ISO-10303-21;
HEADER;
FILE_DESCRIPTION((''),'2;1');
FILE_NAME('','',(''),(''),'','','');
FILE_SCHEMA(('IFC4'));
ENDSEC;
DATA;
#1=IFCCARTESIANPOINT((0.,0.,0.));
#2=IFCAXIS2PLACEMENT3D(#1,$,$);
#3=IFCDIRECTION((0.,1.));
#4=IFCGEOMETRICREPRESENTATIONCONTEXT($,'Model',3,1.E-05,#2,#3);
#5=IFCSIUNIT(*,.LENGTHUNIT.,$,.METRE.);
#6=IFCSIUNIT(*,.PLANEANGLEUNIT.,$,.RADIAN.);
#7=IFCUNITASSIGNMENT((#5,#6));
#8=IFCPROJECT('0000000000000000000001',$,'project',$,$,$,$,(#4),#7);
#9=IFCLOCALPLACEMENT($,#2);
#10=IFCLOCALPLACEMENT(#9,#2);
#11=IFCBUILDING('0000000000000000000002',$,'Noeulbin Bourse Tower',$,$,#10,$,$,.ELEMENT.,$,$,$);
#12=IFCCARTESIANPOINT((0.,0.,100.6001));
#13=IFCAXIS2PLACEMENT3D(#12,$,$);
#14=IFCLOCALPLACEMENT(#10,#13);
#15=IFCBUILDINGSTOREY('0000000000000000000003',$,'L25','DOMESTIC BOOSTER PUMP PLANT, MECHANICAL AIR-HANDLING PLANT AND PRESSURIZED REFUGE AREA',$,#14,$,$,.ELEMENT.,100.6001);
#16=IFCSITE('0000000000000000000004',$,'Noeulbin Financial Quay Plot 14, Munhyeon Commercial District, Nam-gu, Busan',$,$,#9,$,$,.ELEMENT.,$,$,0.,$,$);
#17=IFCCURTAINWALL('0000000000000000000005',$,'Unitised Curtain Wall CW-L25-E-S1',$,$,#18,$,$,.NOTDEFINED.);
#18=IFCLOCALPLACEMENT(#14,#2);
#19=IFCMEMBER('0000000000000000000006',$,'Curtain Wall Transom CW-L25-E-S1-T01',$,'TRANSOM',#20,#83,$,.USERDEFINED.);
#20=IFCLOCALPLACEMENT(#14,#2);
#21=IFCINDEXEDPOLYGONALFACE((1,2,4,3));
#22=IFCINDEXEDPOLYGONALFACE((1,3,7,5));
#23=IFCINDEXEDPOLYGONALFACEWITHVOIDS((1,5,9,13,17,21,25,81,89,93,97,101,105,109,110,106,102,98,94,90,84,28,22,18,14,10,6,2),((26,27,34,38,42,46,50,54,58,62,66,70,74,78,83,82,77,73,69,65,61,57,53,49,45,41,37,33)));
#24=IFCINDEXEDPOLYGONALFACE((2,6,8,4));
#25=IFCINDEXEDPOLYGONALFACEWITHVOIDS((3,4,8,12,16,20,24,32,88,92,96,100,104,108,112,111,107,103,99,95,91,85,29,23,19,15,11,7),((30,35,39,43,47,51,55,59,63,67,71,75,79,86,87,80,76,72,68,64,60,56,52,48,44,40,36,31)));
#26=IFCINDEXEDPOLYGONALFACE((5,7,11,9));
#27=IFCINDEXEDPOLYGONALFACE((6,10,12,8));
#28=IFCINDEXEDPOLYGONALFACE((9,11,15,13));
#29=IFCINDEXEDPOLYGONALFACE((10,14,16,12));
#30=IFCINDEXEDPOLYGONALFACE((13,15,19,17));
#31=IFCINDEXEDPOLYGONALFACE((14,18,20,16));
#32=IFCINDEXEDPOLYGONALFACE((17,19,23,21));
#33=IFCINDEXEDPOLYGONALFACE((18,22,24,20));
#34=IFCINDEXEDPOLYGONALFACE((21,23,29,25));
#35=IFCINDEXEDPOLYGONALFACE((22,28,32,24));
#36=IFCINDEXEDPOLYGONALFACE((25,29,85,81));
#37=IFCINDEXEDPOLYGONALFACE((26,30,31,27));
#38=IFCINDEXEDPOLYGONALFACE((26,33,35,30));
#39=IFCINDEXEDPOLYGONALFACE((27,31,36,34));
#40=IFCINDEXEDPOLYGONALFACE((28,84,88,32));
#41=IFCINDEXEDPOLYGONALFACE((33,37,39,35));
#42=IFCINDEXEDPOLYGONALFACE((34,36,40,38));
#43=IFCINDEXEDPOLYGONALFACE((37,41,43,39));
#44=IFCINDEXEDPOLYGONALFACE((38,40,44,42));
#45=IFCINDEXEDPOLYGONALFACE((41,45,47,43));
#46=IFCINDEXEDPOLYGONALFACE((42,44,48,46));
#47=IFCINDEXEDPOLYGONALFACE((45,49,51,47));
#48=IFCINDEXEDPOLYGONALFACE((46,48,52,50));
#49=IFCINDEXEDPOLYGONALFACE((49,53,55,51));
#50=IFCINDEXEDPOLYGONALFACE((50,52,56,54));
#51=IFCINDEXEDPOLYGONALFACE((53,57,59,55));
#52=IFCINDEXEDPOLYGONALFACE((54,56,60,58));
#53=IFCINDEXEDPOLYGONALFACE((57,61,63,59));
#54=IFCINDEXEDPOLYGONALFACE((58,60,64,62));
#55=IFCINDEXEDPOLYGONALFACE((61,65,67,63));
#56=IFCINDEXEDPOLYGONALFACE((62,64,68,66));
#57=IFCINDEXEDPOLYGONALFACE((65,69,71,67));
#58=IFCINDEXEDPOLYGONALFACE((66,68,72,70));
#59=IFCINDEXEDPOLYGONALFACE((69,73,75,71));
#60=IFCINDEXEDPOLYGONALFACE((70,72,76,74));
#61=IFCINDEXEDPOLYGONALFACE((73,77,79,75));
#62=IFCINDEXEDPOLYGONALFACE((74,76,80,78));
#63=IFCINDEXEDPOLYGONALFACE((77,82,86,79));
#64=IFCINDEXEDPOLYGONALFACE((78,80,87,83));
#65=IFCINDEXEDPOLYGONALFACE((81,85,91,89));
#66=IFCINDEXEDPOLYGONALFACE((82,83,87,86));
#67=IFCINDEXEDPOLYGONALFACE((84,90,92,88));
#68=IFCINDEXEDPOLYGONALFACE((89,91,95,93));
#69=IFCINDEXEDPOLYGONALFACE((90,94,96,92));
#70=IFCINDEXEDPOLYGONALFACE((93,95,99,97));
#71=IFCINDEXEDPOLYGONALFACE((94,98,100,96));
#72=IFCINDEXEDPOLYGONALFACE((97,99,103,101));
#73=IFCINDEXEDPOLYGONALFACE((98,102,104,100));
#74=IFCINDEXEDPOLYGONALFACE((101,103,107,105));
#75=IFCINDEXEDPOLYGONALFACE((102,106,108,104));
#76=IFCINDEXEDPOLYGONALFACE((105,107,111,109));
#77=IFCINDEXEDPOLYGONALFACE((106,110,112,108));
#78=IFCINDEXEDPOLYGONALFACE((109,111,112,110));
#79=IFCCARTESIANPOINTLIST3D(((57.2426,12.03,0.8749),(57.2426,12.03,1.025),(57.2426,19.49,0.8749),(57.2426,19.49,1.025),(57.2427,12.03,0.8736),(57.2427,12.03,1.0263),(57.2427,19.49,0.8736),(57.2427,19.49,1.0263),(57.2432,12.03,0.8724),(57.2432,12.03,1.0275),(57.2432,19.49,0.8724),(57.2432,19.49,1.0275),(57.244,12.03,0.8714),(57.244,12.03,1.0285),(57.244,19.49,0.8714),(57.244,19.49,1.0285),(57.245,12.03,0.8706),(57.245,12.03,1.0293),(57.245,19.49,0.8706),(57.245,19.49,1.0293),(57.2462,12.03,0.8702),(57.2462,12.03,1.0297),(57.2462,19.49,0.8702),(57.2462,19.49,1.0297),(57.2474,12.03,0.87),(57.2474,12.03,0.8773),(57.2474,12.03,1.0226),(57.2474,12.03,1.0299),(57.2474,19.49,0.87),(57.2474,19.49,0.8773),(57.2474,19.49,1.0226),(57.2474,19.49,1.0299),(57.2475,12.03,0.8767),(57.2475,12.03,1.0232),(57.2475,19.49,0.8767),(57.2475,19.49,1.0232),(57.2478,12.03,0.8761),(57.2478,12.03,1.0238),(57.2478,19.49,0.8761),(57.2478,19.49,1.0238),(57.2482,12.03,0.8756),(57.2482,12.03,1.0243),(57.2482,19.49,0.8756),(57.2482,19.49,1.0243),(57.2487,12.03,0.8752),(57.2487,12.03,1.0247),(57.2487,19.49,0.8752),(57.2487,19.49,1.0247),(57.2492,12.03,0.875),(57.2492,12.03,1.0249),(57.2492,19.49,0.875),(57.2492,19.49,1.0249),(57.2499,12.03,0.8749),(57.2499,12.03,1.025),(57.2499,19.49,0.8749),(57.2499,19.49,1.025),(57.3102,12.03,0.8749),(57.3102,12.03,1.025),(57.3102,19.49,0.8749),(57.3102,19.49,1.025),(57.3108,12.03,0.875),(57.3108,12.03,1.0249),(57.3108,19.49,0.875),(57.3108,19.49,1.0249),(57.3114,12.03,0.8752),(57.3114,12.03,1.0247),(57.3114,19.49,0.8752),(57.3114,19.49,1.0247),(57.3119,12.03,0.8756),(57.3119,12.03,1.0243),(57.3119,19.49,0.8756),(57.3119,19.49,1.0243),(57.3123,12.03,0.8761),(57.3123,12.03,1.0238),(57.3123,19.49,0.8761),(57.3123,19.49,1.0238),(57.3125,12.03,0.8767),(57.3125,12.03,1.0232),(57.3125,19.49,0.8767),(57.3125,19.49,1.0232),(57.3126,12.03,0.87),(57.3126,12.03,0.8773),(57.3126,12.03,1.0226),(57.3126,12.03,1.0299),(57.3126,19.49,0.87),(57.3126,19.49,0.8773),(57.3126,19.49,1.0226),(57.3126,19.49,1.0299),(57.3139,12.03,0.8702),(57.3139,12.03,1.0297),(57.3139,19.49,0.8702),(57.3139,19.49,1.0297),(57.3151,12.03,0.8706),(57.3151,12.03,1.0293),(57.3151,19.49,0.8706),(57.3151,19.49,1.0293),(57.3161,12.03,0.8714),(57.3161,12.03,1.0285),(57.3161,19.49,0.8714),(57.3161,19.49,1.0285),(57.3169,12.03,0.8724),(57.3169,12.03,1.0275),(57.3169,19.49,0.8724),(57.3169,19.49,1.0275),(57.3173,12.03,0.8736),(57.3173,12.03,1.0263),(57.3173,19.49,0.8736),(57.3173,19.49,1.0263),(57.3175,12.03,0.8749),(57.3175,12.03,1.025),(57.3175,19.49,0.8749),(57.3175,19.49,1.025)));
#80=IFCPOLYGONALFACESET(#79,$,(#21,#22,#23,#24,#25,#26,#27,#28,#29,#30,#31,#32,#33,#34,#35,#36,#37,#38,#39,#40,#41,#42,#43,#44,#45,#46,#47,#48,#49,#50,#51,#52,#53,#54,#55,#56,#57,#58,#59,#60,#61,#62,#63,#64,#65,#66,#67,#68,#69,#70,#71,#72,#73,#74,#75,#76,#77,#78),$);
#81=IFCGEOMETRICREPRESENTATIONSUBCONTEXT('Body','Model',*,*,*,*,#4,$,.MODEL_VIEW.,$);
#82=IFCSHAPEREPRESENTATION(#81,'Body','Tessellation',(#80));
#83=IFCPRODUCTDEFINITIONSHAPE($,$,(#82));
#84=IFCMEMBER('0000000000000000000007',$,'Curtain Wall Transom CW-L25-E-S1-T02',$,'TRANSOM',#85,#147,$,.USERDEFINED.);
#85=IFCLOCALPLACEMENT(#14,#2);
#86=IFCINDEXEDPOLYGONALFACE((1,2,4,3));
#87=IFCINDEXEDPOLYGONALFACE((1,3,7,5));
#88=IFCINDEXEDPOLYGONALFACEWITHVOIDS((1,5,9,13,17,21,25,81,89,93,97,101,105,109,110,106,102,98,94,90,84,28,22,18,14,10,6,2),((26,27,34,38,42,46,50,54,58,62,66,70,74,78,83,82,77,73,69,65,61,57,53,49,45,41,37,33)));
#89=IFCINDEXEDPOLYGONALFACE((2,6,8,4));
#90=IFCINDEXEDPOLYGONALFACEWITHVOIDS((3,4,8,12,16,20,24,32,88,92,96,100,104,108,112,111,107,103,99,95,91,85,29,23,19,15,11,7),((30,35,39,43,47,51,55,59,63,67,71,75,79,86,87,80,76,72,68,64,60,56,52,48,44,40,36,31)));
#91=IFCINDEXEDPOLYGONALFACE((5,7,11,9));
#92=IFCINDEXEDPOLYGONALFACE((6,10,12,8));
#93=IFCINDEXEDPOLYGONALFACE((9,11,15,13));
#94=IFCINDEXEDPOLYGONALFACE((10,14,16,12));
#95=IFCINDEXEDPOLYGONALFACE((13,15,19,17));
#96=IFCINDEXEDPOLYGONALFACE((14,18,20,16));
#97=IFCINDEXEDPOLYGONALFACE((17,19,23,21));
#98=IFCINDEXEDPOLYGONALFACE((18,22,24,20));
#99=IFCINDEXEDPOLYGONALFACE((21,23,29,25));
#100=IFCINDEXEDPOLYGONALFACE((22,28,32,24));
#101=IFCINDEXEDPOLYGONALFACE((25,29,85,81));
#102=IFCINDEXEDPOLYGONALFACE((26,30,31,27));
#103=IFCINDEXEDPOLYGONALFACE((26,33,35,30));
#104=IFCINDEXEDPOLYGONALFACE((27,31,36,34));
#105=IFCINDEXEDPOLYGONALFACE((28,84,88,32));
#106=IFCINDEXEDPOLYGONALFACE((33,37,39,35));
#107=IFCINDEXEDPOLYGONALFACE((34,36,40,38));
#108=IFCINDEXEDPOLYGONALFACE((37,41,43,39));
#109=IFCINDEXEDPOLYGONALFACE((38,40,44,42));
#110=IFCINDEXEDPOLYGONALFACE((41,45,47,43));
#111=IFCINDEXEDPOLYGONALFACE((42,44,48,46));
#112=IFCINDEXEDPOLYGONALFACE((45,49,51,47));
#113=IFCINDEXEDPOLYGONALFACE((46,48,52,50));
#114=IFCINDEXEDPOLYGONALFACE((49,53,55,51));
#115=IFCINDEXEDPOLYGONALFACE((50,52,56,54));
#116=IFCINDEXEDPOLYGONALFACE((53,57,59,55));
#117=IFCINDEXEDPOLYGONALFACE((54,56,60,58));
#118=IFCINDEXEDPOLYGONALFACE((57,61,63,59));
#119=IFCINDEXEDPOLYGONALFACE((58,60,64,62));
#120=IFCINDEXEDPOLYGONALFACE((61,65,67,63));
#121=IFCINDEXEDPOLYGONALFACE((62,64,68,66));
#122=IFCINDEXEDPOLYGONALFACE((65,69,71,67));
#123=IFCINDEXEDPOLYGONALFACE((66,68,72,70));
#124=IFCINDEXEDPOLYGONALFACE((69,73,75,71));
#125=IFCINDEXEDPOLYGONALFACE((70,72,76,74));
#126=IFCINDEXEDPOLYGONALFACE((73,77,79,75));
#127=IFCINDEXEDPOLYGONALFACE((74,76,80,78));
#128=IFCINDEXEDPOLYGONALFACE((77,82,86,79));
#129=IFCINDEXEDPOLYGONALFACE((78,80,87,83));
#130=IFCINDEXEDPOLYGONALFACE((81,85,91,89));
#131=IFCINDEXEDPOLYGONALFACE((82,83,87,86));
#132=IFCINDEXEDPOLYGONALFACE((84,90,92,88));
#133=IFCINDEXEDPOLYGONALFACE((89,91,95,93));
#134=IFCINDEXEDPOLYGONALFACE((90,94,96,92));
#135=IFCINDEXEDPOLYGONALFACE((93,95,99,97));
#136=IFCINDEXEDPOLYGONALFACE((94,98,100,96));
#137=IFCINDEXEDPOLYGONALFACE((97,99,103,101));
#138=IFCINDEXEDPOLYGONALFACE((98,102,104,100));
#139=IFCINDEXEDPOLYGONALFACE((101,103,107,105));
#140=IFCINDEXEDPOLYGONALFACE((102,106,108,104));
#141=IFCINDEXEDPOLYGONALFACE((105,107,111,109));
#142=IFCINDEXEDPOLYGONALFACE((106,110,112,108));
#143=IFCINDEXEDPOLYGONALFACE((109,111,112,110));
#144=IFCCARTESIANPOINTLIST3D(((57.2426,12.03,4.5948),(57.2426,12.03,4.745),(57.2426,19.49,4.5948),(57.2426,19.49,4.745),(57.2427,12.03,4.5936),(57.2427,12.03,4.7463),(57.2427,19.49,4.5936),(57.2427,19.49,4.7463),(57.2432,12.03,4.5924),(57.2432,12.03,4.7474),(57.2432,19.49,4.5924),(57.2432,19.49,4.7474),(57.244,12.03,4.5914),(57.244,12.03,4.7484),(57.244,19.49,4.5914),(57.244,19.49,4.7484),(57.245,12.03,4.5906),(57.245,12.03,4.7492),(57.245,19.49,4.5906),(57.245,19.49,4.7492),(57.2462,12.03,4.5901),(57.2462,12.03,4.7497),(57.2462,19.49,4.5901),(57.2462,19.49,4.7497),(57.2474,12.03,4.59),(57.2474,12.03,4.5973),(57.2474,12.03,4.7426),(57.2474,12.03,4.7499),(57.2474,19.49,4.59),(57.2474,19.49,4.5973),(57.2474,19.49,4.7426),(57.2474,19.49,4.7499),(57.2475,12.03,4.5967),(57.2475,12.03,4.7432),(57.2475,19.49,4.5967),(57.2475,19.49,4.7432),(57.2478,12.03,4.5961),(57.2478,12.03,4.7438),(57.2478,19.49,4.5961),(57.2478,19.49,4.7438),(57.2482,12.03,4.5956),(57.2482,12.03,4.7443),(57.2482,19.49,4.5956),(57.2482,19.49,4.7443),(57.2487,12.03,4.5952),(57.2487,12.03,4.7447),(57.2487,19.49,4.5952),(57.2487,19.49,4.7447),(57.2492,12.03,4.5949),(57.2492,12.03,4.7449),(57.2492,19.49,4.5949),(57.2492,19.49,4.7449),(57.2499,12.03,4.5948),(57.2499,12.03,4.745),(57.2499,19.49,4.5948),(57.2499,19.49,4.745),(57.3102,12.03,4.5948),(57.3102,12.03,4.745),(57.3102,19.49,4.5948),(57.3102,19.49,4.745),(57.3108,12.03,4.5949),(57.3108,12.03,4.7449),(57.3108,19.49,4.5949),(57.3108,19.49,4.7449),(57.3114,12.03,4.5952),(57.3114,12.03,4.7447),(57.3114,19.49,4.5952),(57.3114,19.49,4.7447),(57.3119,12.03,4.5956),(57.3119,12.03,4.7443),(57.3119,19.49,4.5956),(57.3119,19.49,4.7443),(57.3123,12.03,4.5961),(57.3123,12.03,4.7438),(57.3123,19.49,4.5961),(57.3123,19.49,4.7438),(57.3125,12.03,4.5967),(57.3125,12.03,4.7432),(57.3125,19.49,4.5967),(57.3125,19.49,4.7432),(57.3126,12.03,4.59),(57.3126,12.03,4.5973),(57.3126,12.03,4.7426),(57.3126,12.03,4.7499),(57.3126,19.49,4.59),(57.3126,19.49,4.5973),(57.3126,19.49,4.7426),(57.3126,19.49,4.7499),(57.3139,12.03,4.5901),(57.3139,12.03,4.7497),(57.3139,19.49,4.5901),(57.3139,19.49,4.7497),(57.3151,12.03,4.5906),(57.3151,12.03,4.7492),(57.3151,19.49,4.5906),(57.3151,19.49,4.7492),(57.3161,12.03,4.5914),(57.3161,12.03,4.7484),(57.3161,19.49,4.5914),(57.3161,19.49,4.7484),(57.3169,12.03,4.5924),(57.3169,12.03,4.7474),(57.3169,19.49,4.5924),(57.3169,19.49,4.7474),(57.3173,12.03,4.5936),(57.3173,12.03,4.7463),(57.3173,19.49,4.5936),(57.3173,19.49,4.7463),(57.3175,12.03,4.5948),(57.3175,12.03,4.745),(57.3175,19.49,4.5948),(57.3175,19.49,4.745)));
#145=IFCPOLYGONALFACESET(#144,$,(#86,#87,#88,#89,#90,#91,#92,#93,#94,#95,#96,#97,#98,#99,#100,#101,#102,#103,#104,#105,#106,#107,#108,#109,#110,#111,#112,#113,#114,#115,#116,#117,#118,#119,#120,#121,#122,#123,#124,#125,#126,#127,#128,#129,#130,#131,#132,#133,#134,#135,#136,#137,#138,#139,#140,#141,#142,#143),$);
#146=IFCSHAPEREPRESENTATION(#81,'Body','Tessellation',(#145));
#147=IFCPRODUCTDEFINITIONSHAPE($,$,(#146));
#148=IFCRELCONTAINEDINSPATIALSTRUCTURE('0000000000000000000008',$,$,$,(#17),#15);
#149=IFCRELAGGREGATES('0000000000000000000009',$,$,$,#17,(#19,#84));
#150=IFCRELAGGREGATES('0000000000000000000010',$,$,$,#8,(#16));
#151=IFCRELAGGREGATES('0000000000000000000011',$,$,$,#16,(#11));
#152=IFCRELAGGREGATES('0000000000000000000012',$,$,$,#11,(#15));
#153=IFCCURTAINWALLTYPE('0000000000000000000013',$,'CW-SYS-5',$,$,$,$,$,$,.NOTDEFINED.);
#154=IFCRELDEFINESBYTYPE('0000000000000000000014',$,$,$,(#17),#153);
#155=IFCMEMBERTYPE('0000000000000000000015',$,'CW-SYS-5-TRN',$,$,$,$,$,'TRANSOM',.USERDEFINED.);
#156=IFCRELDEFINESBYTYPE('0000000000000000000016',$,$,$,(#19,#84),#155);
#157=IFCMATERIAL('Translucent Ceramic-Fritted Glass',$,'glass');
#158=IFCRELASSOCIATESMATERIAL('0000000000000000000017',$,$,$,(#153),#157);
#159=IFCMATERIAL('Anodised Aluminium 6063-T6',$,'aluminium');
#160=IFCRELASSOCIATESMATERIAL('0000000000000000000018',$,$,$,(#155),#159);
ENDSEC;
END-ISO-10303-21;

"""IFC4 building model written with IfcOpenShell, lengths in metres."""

from ifc_helpers import new_model, si_unit, direction, frame, origin, origin_2d, place, context, subcontext, project, spatial, hollow_rectangle, extrude, material, material_profile, profile_set, type_object, element, aggregate, save


model = new_model("IFC4")

# Units and contexts
model_context = context("Model", 3, precision=1e-05, world=origin(), true_north=direction((0.0, 1.0)))
body_context = subcontext(model_context, "Body", "Model", "MODEL_VIEW")
ifc_project = project(units=[si_unit("LENGTHUNIT", "METRE"), si_unit("PLANEANGLEUNIT", "RADIAN")], contexts=[model_context])

# Site, building, storey
site_placement = place(None, origin())
site = spatial("IfcSite", under=ifc_project, at=site_placement, Name="Noeulbin Financial Quay Plot 14, Munhyeon Commercial District, Nam-gu, Busan", CompositionType="ELEMENT", RefElevation=0.0)
building_placement = place(site_placement, origin())
building = spatial("IfcBuilding", under=site, at=building_placement, Name="Noeulbin Bourse Tower", CompositionType="ELEMENT")
storey_placement = place(building_placement, frame((0.0, 0.0, 100.6001)))
storey = spatial("IfcBuildingStorey", under=building, at=storey_placement, Name="L25", Description="DOMESTIC BOOSTER PUMP PLANT, MECHANICAL AIR-HANDLING PLANT AND PRESSURIZED REFUGE AREA", CompositionType="ELEMENT", Elevation=100.6001)

# Curtain wall
ifc_material_1 = material(Name="Translucent Ceramic-Fritted Glass", Category="glass")
curtain_wall_type = type_object("IfcCurtainWallType", Name="CW-SYS-5", PredefinedType="NOTDEFINED", material=ifc_material_1)
ifc_material_2 = material(Name="Anodised Aluminium 6063-T6", Category="aluminium")
curtain_wall_1_placement = place(storey_placement, origin())
curtain_wall_1 = element("IfcCurtainWall", 1, at=curtain_wall_1_placement, inside=storey, type_object=curtain_wall_type, Name="Unitised Curtain Wall CW-L25-E-S1", PredefinedType="NOTDEFINED")

# Members
ifc_material_profile_1 = material_profile(ifc_material_2, hollow_rectangle(XDim=0.075, YDim=0.1599, WallThickness=0.0049, InnerFilletRadius=0.0024, OuterFilletRadius=0.0049, at=origin_2d()), Name="ALU-TRAN-75x160x5", Category="LoadBearing")
ifc_profile_set_1 = profile_set([ifc_material_profile_1], Name="Anodised Aluminium 6063-T6")
member_type_1 = type_object("IfcMemberType", Name="CW-SYS-5-TRN", ElementType="TRANSOM", PredefinedType="USERDEFINED", material=ifc_profile_set_1)
member_1_placement = place(storey_placement, frame((57.28, 12.03, 0.95), z_axis=(0.0, 1.0, 0.0), x_axis=(-1.0, 0.0, 0.0)))
member_1 = element("IfcMember", 2, at=member_1_placement, type_object=member_type_1, Name="Curtain Wall Transom CW-L25-E-S1-T01", ObjectType="TRANSOM", PredefinedType="USERDEFINED", context=body_context, shape_type="SweptSolid", body=[
    extrude(hollow_rectangle(XDim=0.075, YDim=0.1599, WallThickness=0.0049, InnerFilletRadius=0.0024, OuterFilletRadius=0.0049, at=origin_2d()), origin(), (0.0, 0.0, 1.0), 7.46),
])
member_2_placement = place(storey_placement, frame((57.28, 12.03, 4.6699), z_axis=(0.0, 1.0, 0.0), x_axis=(-1.0, 0.0, 0.0)))
member_2 = element("IfcMember", 3, at=member_2_placement, type_object=member_type_1, Name="Curtain Wall Transom CW-L25-E-S1-T02", ObjectType="TRANSOM", PredefinedType="USERDEFINED", context=body_context, shape_type="SweptSolid", body=[
    extrude(hollow_rectangle(XDim=0.075, YDim=0.1599, WallThickness=0.0049, InnerFilletRadius=0.0024, OuterFilletRadius=0.0049, at=origin_2d()), origin(), (0.0, 0.0, 1.0), 7.46),
])

aggregate(curtain_wall_1, [member_1, member_2])

save(model, "model.ifc")
